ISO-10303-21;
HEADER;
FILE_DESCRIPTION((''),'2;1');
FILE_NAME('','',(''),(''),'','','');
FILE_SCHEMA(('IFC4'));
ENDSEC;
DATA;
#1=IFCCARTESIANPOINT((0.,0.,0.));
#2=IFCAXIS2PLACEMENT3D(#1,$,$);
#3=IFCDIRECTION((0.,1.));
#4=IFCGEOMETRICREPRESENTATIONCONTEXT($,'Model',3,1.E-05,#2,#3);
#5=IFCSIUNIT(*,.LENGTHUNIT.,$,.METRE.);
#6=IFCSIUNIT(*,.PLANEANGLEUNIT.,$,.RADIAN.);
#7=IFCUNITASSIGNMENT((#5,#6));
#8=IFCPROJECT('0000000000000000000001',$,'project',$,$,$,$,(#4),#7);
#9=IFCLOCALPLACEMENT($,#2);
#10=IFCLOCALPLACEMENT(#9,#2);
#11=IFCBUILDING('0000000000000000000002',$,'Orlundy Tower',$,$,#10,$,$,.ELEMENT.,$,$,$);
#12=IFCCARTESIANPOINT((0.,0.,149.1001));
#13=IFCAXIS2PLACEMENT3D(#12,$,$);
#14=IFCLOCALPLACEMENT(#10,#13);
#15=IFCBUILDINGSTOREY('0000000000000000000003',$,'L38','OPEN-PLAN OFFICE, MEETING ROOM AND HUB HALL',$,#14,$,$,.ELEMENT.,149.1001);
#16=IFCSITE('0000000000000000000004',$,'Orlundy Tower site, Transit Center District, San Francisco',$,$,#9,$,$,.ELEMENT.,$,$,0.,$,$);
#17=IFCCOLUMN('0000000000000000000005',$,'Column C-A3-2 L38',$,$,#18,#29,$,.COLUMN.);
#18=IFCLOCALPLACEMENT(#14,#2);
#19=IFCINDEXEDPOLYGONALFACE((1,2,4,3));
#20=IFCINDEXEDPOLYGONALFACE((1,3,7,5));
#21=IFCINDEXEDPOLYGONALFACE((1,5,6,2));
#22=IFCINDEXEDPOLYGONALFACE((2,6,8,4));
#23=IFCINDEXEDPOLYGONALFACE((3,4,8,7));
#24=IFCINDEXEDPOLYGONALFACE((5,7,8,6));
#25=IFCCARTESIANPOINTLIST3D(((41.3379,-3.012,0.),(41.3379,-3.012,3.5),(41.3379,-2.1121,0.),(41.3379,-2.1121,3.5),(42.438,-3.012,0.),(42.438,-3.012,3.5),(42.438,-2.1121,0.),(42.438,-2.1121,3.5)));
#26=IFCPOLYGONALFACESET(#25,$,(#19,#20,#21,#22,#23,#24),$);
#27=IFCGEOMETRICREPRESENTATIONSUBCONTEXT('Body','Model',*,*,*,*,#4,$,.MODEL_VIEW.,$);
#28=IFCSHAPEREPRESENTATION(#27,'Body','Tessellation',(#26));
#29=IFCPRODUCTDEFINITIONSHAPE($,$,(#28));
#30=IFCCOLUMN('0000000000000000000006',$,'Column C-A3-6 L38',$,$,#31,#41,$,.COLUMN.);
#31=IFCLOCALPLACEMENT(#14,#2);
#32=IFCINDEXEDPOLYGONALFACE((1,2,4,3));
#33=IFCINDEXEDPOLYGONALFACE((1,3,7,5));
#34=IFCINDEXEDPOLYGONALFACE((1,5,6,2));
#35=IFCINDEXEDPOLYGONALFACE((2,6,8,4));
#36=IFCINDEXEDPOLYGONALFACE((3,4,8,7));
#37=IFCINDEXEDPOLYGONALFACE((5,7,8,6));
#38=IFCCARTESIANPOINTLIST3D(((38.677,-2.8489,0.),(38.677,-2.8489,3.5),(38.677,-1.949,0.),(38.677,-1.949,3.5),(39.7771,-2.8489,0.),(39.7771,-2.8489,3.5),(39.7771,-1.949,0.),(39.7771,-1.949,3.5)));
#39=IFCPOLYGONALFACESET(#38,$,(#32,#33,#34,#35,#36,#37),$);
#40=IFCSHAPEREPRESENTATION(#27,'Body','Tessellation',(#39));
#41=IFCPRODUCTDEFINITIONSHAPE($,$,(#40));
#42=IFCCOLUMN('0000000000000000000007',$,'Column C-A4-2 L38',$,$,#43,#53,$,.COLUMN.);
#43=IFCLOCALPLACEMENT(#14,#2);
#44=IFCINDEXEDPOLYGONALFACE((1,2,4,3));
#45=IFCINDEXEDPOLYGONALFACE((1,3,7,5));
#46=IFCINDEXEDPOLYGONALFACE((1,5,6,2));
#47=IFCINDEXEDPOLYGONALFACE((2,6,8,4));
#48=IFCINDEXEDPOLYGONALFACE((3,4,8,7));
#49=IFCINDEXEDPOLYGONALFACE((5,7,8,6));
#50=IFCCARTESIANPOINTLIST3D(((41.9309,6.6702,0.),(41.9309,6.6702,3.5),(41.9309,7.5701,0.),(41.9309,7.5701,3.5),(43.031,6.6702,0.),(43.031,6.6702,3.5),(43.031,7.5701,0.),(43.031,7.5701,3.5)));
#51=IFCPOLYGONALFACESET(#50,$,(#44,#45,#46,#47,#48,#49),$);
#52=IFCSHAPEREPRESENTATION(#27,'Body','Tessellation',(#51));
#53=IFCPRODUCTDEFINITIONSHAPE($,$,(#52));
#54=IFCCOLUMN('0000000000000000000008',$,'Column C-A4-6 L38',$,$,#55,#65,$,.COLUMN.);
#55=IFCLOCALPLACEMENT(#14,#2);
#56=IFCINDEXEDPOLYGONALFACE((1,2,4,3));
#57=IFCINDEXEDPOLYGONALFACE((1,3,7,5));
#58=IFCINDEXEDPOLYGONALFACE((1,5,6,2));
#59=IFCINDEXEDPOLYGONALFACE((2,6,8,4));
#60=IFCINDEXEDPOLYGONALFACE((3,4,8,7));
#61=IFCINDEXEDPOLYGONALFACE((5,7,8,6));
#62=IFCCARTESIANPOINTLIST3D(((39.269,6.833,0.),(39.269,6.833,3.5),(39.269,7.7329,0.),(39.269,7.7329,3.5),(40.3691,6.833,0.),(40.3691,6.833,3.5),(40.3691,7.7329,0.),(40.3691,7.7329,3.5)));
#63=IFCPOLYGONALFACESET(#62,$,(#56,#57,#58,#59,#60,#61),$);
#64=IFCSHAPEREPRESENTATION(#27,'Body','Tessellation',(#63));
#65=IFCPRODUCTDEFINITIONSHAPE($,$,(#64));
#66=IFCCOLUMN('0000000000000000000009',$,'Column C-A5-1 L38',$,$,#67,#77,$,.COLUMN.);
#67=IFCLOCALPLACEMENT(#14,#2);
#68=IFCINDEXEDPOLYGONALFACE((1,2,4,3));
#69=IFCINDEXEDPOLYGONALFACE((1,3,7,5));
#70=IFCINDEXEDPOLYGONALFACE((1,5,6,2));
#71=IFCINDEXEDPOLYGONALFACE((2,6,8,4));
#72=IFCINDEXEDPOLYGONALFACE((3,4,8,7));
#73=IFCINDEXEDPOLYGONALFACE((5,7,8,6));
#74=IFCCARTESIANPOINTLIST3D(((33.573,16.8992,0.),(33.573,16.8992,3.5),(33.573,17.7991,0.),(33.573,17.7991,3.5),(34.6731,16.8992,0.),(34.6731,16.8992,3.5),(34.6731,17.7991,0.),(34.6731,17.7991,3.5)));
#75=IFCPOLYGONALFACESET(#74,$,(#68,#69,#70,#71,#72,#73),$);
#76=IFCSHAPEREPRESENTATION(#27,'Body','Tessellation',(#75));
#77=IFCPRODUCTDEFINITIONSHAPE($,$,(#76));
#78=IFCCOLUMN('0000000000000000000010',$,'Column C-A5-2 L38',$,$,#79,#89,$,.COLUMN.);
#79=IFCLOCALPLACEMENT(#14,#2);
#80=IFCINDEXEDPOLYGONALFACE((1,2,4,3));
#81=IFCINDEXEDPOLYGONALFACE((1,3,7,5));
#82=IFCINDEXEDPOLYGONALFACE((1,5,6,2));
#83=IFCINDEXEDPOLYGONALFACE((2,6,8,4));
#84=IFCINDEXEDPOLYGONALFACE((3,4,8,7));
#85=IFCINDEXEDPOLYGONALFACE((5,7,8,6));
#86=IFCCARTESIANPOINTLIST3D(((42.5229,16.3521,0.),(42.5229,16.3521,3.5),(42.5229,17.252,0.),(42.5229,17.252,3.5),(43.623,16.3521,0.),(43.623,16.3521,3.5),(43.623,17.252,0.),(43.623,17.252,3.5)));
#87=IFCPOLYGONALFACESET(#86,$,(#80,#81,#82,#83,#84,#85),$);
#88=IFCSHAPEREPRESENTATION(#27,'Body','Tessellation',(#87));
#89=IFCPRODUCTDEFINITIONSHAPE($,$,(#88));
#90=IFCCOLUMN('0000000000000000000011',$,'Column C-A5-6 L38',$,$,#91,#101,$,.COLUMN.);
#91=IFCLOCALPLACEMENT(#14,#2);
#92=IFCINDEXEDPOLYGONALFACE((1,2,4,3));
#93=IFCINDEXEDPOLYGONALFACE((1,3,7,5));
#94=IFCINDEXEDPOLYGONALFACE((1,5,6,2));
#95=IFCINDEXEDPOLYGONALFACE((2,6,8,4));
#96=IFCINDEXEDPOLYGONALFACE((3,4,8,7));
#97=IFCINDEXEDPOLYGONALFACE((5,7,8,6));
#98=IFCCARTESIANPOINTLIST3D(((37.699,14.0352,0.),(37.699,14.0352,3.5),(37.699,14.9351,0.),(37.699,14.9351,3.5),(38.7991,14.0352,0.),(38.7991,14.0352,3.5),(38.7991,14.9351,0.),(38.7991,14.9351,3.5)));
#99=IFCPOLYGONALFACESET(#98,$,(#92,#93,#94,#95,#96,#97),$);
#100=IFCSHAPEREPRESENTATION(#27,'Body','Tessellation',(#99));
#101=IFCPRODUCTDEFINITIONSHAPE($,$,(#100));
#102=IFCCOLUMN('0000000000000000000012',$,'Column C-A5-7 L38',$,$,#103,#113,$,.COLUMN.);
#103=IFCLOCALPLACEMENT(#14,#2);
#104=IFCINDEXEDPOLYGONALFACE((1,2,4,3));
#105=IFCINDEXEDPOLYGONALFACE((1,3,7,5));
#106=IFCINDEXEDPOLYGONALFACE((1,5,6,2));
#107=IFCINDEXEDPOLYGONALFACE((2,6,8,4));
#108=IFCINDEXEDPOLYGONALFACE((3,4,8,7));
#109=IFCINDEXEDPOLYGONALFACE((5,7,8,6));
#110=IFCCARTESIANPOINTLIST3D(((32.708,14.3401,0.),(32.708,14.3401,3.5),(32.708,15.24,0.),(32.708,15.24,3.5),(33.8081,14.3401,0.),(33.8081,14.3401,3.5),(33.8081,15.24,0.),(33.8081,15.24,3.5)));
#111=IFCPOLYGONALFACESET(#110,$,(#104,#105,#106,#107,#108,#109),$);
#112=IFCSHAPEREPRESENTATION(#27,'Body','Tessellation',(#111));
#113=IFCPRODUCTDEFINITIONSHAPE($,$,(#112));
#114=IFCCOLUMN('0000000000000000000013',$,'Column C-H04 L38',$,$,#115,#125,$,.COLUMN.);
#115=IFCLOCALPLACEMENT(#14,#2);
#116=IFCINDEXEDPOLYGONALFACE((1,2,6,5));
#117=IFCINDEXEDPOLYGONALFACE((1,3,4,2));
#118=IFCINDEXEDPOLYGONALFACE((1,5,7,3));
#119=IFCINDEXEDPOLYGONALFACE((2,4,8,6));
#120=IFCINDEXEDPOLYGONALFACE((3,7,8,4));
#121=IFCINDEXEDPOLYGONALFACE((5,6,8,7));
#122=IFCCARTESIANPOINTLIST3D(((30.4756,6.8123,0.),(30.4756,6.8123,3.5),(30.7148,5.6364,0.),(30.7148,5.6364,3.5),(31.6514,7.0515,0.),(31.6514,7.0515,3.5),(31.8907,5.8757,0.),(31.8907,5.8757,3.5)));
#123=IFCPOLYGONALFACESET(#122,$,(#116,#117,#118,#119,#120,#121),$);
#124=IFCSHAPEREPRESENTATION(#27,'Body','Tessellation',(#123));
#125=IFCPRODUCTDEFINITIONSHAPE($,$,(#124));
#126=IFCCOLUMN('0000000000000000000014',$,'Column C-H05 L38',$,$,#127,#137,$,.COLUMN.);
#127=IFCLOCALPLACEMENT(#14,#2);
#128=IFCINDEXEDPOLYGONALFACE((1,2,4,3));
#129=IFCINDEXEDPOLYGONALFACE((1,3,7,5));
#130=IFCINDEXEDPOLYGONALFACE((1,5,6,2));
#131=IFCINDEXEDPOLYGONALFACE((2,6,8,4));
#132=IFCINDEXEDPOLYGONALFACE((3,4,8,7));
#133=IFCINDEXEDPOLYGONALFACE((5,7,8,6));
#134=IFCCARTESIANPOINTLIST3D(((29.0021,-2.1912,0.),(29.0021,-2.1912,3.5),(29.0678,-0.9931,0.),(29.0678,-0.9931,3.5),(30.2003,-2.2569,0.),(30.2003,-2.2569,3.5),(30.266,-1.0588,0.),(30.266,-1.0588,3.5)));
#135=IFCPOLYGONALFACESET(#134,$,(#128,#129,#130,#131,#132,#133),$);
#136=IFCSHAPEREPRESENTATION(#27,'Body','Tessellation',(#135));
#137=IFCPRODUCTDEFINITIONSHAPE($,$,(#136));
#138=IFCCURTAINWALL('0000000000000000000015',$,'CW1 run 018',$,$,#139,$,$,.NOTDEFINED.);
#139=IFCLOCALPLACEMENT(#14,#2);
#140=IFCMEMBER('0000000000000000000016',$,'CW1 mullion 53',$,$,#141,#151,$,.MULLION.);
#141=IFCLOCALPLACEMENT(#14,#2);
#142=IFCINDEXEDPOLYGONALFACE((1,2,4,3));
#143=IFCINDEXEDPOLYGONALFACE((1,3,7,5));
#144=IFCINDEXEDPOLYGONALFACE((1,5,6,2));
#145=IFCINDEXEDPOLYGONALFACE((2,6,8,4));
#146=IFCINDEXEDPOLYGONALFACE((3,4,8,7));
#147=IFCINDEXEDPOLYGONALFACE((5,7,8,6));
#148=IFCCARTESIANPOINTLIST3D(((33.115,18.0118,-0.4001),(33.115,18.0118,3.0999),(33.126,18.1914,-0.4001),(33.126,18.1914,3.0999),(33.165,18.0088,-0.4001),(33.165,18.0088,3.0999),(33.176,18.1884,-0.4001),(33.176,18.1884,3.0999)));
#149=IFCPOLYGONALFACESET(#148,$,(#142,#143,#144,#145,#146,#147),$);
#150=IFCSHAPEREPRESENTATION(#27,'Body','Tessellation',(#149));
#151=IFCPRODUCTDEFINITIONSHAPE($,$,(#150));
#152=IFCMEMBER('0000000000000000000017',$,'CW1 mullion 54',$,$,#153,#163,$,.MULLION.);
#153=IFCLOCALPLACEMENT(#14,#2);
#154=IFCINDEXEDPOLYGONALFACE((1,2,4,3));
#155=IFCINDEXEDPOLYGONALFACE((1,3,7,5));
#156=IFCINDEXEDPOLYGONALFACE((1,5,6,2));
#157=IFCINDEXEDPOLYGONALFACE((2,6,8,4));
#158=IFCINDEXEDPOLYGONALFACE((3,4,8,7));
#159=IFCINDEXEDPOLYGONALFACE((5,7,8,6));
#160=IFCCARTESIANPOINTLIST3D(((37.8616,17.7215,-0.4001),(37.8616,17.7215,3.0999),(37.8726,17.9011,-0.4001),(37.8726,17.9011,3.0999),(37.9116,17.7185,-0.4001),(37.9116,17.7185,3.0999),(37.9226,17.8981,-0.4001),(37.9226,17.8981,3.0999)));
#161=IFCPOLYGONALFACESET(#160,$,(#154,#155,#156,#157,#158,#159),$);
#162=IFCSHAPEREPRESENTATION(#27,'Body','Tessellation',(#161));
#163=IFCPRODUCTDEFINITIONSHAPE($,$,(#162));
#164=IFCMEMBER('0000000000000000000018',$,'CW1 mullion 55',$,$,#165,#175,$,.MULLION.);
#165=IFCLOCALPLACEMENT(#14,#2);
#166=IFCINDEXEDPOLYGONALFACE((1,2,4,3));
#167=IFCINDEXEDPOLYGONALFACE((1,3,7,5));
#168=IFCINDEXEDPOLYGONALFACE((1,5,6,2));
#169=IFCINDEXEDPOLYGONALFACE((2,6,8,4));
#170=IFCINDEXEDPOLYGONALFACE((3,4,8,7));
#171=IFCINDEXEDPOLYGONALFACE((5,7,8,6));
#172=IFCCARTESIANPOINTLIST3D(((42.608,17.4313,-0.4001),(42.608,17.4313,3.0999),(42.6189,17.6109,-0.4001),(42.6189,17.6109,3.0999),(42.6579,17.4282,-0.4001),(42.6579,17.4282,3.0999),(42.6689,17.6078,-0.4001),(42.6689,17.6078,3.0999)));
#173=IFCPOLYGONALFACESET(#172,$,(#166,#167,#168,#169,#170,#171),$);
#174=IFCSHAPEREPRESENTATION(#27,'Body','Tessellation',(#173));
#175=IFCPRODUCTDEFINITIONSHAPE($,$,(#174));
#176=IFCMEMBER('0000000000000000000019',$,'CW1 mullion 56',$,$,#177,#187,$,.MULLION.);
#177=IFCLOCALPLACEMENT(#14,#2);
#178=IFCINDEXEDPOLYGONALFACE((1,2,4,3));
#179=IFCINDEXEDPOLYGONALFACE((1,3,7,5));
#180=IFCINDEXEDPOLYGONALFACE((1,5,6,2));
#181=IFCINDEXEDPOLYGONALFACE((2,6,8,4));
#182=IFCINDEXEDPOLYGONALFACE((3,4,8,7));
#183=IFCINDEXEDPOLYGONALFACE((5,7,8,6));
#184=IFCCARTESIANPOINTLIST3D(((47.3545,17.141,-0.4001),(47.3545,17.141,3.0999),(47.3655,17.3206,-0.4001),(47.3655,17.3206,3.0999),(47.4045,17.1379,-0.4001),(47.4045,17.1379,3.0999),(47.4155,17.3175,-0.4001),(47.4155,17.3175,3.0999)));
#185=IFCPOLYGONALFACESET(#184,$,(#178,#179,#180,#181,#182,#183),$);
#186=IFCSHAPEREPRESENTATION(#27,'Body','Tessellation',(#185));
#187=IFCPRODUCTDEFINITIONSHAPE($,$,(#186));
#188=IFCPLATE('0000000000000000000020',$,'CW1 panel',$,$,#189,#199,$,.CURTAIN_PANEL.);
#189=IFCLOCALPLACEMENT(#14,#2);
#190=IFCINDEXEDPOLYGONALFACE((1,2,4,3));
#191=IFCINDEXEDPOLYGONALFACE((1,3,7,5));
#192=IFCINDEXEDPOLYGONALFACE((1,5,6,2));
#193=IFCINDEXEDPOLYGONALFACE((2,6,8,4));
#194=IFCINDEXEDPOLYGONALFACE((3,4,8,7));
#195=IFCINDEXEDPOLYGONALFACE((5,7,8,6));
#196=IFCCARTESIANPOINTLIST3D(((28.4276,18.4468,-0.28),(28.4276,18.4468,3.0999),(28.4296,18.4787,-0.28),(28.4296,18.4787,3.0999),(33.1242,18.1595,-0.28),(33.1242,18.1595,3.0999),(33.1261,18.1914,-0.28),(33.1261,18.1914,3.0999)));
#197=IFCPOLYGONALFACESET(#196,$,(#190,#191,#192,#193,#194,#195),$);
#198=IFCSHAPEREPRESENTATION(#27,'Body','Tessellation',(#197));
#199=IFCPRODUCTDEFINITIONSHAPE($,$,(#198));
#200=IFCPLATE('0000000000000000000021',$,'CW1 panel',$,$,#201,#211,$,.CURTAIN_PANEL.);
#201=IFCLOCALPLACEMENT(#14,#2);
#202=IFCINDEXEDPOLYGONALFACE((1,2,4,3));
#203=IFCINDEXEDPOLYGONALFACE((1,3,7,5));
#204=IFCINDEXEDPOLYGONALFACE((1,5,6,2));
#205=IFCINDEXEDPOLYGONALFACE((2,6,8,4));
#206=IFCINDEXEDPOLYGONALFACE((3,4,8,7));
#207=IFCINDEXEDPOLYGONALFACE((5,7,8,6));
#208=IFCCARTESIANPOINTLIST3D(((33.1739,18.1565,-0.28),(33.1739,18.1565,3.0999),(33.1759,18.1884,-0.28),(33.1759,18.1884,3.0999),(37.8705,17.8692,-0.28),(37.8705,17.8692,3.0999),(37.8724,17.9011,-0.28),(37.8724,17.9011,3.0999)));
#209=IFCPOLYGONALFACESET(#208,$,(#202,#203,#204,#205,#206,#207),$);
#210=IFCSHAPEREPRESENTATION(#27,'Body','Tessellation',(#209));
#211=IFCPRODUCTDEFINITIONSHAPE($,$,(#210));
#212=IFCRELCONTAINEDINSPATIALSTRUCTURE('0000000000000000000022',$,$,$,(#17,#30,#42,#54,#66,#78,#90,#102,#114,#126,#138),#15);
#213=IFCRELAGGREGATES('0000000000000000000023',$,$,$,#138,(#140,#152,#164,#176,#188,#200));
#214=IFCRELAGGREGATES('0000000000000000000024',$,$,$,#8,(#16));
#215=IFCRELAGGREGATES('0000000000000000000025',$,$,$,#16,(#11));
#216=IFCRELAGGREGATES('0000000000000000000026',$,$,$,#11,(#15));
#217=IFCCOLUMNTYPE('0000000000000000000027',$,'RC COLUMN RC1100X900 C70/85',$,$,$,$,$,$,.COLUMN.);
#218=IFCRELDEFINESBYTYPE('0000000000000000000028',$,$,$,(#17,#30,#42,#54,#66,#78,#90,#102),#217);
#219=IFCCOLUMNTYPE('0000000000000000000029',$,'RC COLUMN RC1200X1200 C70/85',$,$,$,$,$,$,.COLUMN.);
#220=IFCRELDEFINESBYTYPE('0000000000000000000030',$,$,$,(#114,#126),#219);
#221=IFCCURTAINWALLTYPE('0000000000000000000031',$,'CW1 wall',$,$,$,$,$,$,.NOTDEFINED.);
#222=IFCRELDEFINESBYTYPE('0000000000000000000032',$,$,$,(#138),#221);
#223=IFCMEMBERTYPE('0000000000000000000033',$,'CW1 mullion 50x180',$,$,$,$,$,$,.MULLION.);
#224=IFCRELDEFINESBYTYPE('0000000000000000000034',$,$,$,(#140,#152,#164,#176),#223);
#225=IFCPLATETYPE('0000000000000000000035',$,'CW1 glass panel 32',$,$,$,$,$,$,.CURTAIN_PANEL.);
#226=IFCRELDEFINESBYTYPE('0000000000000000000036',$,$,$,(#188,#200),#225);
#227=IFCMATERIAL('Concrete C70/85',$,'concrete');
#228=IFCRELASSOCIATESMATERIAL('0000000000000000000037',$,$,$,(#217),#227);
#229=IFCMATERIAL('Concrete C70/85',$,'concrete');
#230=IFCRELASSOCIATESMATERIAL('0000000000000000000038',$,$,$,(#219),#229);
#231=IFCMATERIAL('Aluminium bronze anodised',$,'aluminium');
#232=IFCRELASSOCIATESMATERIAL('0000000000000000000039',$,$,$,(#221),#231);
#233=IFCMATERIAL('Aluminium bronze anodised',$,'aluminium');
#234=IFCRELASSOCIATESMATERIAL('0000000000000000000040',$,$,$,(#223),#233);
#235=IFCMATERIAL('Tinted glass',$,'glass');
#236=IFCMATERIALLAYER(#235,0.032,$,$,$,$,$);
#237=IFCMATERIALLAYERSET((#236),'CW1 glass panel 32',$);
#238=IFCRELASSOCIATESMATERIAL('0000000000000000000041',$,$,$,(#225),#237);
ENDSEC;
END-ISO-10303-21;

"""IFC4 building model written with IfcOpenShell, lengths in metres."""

from ifc_helpers import new_model, si_unit, direction, frame, origin, origin_2d, place, context, subcontext, project, spatial, rectangle, extrude, material, layer, layer_set, material_profile, profile_set, type_object, element, aggregate, save


model = new_model("IFC4")

# Units and contexts
model_context = context("Model", 3, precision=1e-05, world=origin(), true_north=direction((0.0, 1.0)))
body_context = subcontext(model_context, "Body", "Model", "MODEL_VIEW")
ifc_project = project(units=[si_unit("LENGTHUNIT", "METRE"), si_unit("PLANEANGLEUNIT", "RADIAN")], contexts=[model_context])

# Site, building, storey
site_placement = place(None, origin())
site = spatial("IfcSite", under=ifc_project, at=site_placement, Name="Orlundy Tower site, Transit Center District, San Francisco", CompositionType="ELEMENT", RefElevation=0.0)
building_placement = place(site_placement, origin())
building = spatial("IfcBuilding", under=site, at=building_placement, Name="Orlundy Tower", CompositionType="ELEMENT")
storey_placement = place(building_placement, frame((0.0, 0.0, 149.1001)))
storey = spatial("IfcBuildingStorey", under=building, at=storey_placement, Name="L38", Description="OPEN-PLAN OFFICE, MEETING ROOM AND HUB HALL", CompositionType="ELEMENT", Elevation=149.1001)

# Columns
ifc_material_1 = material(Name="Concrete C70/85", Category="concrete")
ifc_material_profile_1 = material_profile(ifc_material_1, rectangle(XDim=1.1001, YDim=0.8999, at=origin_2d()), Name="RC1100X900")
ifc_profile_set_1 = profile_set([ifc_material_profile_1], Name="Concrete C70/85")
column_type_1 = type_object("IfcColumnType", Name="RC COLUMN RC1100X900 C70/85", PredefinedType="COLUMN", material=ifc_profile_set_1)
for number, where, z_axis, x_axis, name in (
    (1, (41.8879, -2.562, 0.0), (0.0, 0.0, 1.0), (1.0, 0.0, 0.0), "Column C-A3-2 L38"),
    (2, (39.2271, -2.3989, 0.0), (0.0, 0.0, 1.0), (1.0, 0.0, 0.0), "Column C-A3-6 L38"),
    (3, (42.481, 7.1201, 0.0), (0.0, 0.0, 1.0), (1.0, 0.0, 0.0), "Column C-A4-2 L38"),
    (4, (39.8191, 7.283, 0.0), (0.0, 0.0, 1.0), (1.0, 0.0, 0.0), "Column C-A4-6 L38"),
    (5, (34.123, 17.3491, 0.0), (0.0, 0.0, 1.0), (1.0, 0.0, 0.0), "Column C-A5-1 L38"),
    (6, (43.073, 16.802, 0.0), (0.0, 0.0, 1.0), (1.0, 0.0, 0.0), "Column C-A5-2 L38"),
    (7, (38.249, 14.4851, 0.0), (0.0, 0.0, 1.0), (1.0, 0.0, 0.0), "Column C-A5-6 L38"),
    (8, (33.2581, 14.79, 0.0), (0.0, 0.0, 1.0), (1.0, 0.0, 0.0), "Column C-A5-7 L38"),
):
    element("IfcColumn", number, at=place(storey_placement, frame(where, z_axis=z_axis, x_axis=x_axis)), inside=storey, type_object=column_type_1, Name=name, PredefinedType="COLUMN", context=body_context, shape_type="SweptSolid", body=[
        extrude(rectangle(XDim=1.1001, YDim=0.8999, at=origin_2d()), origin(), (0.0, 0.0, 1.0), 3.5),
    ])
ifc_material_2 = material(Name="Concrete C70/85", Category="concrete")
ifc_material_profile_2 = material_profile(ifc_material_2, rectangle(XDim=1.2, YDim=1.2, at=origin_2d()), Name="RC1200X1200")
ifc_profile_set_2 = profile_set([ifc_material_profile_2], Name="Concrete C70/85")
column_type_2 = type_object("IfcColumnType", Name="RC COLUMN RC1200X1200 C70/85", PredefinedType="COLUMN", material=ifc_profile_set_2)
for number, where, z_axis, x_axis, name in (
    (9, (31.1831, 6.344, 0.0), (0.0, 0.0, 1.0), (0.979925, 0.199368, 0.0), "Column C-H04 L38"),
    (10, (29.634, -1.625, 0.0), (0.0, 0.0, 1.0), (0.9985, -0.054758, 0.0), "Column C-H05 L38"),
):
    element("IfcColumn", number, at=place(storey_placement, frame(where, z_axis=z_axis, x_axis=x_axis)), inside=storey, type_object=column_type_2, Name=name, PredefinedType="COLUMN", context=body_context, shape_type="SweptSolid", body=[
        extrude(rectangle(XDim=1.2, YDim=1.2, at=origin_2d()), origin(), (0.0, 0.0, 1.0), 3.5),
    ])

# Curtain wall, members, plates
ifc_material_3 = material(Name="Aluminium bronze anodised", Category="aluminium")
curtain_wall_type = type_object("IfcCurtainWallType", Name="CW1 wall", PredefinedType="NOTDEFINED", material=ifc_material_3)
curtain_wall_placement = place(storey_placement, origin())
curtain_wall = element("IfcCurtainWall", 11, at=curtain_wall_placement, inside=storey, type_object=curtain_wall_type, Name="CW1 run 018", PredefinedType="NOTDEFINED")
ifc_material_4 = material(Name="Aluminium bronze anodised", Category="aluminium")
ifc_material_profile_3 = material_profile(ifc_material_4, rectangle(XDim=0.1799, YDim=0.05, at=origin_2d()), Name="CW1 mullion 50x180")
ifc_profile_set_3 = profile_set([ifc_material_profile_3], Name="Aluminium bronze anodised")
member_type = type_object("IfcMemberType", Name="CW1 mullion 50x180", PredefinedType="MULLION", material=ifc_profile_set_3)
member_1_placement = place(storey_placement, frame((33.1455, 18.1001, -0.4001), z_axis=(0.0, 0.0, 1.0), x_axis=(0.061054, 0.998134, 0.0)))
member_1 = element("IfcMember", 12, at=member_1_placement, type_object=member_type, Name="CW1 mullion 53", PredefinedType="MULLION", context=body_context, shape_type="SweptSolid", body=[
    extrude(rectangle(XDim=0.1799, YDim=0.05, at=origin_2d()), origin(), (0.0, 0.0, 1.0), 3.5),
])
member_2_placement = place(storey_placement, frame((37.8921, 17.8098, -0.4001), z_axis=(0.0, 0.0, 1.0), x_axis=(0.061054, 0.998134, 0.0)))
member_2 = element("IfcMember", 13, at=member_2_placement, type_object=member_type, Name="CW1 mullion 54", PredefinedType="MULLION", context=body_context, shape_type="SweptSolid", body=[
    extrude(rectangle(XDim=0.1799, YDim=0.05, at=origin_2d()), origin(), (0.0, 0.0, 1.0), 3.5),
])
member_3_placement = place(storey_placement, frame((42.6384, 17.5195, -0.4001), z_axis=(0.0, 0.0, 1.0), x_axis=(0.061054, 0.998134, 0.0)))
member_3 = element("IfcMember", 14, at=member_3_placement, type_object=member_type, Name="CW1 mullion 55", PredefinedType="MULLION", context=body_context, shape_type="SweptSolid", body=[
    extrude(rectangle(XDim=0.1799, YDim=0.05, at=origin_2d()), origin(), (0.0, 0.0, 1.0), 3.5),
])
member_4_placement = place(storey_placement, frame((47.385, 17.2292, -0.4001), z_axis=(0.0, 0.0, 1.0), x_axis=(0.061054, 0.998134, 0.0)))
member_4 = element("IfcMember", 15, at=member_4_placement, type_object=member_type, Name="CW1 mullion 56", PredefinedType="MULLION", context=body_context, shape_type="SweptSolid", body=[
    extrude(rectangle(XDim=0.1799, YDim=0.05, at=origin_2d()), origin(), (0.0, 0.0, 1.0), 3.5),
])
ifc_material_5 = material(Name="Tinted glass", Category="glass")
ifc_layer_1 = layer(ifc_material_5, 0.032)
ifc_layer_set_1 = layer_set([ifc_layer_1], Name="CW1 glass panel 32")
plate_type = type_object("IfcPlateType", Name="CW1 glass panel 32", PredefinedType="CURTAIN_PANEL", material=ifc_layer_set_1)
plate_1_placement = place(storey_placement, frame((30.7769, 18.3191, -0.28), z_axis=(0.0, 0.0, 1.0), x_axis=(0.998134, -0.061054, 0.0)))
plate_1 = element("IfcPlate", 16, at=plate_1_placement, type_object=plate_type, Name="CW1 panel", PredefinedType="CURTAIN_PANEL", context=body_context, shape_type="SweptSolid", body=[
    extrude(rectangle(XDim=4.7053, YDim=0.032, at=origin_2d()), origin(), (0.0, 0.0, 1.0), 3.3799),
])
plate_2_placement = place(storey_placement, frame((35.5232, 18.0288, -0.28), z_axis=(0.0, 0.0, 1.0), x_axis=(0.998134, -0.061054, 0.0)))
plate_2 = element("IfcPlate", 17, at=plate_2_placement, type_object=plate_type, Name="CW1 panel", PredefinedType="CURTAIN_PANEL", context=body_context, shape_type="SweptSolid", body=[
    extrude(rectangle(XDim=4.7053, YDim=0.032, at=origin_2d()), origin(), (0.0, 0.0, 1.0), 3.3799),
])
aggregate(curtain_wall, [member_1, member_2, member_3, member_4, plate_1, plate_2])

save(model, "model.ifc")
